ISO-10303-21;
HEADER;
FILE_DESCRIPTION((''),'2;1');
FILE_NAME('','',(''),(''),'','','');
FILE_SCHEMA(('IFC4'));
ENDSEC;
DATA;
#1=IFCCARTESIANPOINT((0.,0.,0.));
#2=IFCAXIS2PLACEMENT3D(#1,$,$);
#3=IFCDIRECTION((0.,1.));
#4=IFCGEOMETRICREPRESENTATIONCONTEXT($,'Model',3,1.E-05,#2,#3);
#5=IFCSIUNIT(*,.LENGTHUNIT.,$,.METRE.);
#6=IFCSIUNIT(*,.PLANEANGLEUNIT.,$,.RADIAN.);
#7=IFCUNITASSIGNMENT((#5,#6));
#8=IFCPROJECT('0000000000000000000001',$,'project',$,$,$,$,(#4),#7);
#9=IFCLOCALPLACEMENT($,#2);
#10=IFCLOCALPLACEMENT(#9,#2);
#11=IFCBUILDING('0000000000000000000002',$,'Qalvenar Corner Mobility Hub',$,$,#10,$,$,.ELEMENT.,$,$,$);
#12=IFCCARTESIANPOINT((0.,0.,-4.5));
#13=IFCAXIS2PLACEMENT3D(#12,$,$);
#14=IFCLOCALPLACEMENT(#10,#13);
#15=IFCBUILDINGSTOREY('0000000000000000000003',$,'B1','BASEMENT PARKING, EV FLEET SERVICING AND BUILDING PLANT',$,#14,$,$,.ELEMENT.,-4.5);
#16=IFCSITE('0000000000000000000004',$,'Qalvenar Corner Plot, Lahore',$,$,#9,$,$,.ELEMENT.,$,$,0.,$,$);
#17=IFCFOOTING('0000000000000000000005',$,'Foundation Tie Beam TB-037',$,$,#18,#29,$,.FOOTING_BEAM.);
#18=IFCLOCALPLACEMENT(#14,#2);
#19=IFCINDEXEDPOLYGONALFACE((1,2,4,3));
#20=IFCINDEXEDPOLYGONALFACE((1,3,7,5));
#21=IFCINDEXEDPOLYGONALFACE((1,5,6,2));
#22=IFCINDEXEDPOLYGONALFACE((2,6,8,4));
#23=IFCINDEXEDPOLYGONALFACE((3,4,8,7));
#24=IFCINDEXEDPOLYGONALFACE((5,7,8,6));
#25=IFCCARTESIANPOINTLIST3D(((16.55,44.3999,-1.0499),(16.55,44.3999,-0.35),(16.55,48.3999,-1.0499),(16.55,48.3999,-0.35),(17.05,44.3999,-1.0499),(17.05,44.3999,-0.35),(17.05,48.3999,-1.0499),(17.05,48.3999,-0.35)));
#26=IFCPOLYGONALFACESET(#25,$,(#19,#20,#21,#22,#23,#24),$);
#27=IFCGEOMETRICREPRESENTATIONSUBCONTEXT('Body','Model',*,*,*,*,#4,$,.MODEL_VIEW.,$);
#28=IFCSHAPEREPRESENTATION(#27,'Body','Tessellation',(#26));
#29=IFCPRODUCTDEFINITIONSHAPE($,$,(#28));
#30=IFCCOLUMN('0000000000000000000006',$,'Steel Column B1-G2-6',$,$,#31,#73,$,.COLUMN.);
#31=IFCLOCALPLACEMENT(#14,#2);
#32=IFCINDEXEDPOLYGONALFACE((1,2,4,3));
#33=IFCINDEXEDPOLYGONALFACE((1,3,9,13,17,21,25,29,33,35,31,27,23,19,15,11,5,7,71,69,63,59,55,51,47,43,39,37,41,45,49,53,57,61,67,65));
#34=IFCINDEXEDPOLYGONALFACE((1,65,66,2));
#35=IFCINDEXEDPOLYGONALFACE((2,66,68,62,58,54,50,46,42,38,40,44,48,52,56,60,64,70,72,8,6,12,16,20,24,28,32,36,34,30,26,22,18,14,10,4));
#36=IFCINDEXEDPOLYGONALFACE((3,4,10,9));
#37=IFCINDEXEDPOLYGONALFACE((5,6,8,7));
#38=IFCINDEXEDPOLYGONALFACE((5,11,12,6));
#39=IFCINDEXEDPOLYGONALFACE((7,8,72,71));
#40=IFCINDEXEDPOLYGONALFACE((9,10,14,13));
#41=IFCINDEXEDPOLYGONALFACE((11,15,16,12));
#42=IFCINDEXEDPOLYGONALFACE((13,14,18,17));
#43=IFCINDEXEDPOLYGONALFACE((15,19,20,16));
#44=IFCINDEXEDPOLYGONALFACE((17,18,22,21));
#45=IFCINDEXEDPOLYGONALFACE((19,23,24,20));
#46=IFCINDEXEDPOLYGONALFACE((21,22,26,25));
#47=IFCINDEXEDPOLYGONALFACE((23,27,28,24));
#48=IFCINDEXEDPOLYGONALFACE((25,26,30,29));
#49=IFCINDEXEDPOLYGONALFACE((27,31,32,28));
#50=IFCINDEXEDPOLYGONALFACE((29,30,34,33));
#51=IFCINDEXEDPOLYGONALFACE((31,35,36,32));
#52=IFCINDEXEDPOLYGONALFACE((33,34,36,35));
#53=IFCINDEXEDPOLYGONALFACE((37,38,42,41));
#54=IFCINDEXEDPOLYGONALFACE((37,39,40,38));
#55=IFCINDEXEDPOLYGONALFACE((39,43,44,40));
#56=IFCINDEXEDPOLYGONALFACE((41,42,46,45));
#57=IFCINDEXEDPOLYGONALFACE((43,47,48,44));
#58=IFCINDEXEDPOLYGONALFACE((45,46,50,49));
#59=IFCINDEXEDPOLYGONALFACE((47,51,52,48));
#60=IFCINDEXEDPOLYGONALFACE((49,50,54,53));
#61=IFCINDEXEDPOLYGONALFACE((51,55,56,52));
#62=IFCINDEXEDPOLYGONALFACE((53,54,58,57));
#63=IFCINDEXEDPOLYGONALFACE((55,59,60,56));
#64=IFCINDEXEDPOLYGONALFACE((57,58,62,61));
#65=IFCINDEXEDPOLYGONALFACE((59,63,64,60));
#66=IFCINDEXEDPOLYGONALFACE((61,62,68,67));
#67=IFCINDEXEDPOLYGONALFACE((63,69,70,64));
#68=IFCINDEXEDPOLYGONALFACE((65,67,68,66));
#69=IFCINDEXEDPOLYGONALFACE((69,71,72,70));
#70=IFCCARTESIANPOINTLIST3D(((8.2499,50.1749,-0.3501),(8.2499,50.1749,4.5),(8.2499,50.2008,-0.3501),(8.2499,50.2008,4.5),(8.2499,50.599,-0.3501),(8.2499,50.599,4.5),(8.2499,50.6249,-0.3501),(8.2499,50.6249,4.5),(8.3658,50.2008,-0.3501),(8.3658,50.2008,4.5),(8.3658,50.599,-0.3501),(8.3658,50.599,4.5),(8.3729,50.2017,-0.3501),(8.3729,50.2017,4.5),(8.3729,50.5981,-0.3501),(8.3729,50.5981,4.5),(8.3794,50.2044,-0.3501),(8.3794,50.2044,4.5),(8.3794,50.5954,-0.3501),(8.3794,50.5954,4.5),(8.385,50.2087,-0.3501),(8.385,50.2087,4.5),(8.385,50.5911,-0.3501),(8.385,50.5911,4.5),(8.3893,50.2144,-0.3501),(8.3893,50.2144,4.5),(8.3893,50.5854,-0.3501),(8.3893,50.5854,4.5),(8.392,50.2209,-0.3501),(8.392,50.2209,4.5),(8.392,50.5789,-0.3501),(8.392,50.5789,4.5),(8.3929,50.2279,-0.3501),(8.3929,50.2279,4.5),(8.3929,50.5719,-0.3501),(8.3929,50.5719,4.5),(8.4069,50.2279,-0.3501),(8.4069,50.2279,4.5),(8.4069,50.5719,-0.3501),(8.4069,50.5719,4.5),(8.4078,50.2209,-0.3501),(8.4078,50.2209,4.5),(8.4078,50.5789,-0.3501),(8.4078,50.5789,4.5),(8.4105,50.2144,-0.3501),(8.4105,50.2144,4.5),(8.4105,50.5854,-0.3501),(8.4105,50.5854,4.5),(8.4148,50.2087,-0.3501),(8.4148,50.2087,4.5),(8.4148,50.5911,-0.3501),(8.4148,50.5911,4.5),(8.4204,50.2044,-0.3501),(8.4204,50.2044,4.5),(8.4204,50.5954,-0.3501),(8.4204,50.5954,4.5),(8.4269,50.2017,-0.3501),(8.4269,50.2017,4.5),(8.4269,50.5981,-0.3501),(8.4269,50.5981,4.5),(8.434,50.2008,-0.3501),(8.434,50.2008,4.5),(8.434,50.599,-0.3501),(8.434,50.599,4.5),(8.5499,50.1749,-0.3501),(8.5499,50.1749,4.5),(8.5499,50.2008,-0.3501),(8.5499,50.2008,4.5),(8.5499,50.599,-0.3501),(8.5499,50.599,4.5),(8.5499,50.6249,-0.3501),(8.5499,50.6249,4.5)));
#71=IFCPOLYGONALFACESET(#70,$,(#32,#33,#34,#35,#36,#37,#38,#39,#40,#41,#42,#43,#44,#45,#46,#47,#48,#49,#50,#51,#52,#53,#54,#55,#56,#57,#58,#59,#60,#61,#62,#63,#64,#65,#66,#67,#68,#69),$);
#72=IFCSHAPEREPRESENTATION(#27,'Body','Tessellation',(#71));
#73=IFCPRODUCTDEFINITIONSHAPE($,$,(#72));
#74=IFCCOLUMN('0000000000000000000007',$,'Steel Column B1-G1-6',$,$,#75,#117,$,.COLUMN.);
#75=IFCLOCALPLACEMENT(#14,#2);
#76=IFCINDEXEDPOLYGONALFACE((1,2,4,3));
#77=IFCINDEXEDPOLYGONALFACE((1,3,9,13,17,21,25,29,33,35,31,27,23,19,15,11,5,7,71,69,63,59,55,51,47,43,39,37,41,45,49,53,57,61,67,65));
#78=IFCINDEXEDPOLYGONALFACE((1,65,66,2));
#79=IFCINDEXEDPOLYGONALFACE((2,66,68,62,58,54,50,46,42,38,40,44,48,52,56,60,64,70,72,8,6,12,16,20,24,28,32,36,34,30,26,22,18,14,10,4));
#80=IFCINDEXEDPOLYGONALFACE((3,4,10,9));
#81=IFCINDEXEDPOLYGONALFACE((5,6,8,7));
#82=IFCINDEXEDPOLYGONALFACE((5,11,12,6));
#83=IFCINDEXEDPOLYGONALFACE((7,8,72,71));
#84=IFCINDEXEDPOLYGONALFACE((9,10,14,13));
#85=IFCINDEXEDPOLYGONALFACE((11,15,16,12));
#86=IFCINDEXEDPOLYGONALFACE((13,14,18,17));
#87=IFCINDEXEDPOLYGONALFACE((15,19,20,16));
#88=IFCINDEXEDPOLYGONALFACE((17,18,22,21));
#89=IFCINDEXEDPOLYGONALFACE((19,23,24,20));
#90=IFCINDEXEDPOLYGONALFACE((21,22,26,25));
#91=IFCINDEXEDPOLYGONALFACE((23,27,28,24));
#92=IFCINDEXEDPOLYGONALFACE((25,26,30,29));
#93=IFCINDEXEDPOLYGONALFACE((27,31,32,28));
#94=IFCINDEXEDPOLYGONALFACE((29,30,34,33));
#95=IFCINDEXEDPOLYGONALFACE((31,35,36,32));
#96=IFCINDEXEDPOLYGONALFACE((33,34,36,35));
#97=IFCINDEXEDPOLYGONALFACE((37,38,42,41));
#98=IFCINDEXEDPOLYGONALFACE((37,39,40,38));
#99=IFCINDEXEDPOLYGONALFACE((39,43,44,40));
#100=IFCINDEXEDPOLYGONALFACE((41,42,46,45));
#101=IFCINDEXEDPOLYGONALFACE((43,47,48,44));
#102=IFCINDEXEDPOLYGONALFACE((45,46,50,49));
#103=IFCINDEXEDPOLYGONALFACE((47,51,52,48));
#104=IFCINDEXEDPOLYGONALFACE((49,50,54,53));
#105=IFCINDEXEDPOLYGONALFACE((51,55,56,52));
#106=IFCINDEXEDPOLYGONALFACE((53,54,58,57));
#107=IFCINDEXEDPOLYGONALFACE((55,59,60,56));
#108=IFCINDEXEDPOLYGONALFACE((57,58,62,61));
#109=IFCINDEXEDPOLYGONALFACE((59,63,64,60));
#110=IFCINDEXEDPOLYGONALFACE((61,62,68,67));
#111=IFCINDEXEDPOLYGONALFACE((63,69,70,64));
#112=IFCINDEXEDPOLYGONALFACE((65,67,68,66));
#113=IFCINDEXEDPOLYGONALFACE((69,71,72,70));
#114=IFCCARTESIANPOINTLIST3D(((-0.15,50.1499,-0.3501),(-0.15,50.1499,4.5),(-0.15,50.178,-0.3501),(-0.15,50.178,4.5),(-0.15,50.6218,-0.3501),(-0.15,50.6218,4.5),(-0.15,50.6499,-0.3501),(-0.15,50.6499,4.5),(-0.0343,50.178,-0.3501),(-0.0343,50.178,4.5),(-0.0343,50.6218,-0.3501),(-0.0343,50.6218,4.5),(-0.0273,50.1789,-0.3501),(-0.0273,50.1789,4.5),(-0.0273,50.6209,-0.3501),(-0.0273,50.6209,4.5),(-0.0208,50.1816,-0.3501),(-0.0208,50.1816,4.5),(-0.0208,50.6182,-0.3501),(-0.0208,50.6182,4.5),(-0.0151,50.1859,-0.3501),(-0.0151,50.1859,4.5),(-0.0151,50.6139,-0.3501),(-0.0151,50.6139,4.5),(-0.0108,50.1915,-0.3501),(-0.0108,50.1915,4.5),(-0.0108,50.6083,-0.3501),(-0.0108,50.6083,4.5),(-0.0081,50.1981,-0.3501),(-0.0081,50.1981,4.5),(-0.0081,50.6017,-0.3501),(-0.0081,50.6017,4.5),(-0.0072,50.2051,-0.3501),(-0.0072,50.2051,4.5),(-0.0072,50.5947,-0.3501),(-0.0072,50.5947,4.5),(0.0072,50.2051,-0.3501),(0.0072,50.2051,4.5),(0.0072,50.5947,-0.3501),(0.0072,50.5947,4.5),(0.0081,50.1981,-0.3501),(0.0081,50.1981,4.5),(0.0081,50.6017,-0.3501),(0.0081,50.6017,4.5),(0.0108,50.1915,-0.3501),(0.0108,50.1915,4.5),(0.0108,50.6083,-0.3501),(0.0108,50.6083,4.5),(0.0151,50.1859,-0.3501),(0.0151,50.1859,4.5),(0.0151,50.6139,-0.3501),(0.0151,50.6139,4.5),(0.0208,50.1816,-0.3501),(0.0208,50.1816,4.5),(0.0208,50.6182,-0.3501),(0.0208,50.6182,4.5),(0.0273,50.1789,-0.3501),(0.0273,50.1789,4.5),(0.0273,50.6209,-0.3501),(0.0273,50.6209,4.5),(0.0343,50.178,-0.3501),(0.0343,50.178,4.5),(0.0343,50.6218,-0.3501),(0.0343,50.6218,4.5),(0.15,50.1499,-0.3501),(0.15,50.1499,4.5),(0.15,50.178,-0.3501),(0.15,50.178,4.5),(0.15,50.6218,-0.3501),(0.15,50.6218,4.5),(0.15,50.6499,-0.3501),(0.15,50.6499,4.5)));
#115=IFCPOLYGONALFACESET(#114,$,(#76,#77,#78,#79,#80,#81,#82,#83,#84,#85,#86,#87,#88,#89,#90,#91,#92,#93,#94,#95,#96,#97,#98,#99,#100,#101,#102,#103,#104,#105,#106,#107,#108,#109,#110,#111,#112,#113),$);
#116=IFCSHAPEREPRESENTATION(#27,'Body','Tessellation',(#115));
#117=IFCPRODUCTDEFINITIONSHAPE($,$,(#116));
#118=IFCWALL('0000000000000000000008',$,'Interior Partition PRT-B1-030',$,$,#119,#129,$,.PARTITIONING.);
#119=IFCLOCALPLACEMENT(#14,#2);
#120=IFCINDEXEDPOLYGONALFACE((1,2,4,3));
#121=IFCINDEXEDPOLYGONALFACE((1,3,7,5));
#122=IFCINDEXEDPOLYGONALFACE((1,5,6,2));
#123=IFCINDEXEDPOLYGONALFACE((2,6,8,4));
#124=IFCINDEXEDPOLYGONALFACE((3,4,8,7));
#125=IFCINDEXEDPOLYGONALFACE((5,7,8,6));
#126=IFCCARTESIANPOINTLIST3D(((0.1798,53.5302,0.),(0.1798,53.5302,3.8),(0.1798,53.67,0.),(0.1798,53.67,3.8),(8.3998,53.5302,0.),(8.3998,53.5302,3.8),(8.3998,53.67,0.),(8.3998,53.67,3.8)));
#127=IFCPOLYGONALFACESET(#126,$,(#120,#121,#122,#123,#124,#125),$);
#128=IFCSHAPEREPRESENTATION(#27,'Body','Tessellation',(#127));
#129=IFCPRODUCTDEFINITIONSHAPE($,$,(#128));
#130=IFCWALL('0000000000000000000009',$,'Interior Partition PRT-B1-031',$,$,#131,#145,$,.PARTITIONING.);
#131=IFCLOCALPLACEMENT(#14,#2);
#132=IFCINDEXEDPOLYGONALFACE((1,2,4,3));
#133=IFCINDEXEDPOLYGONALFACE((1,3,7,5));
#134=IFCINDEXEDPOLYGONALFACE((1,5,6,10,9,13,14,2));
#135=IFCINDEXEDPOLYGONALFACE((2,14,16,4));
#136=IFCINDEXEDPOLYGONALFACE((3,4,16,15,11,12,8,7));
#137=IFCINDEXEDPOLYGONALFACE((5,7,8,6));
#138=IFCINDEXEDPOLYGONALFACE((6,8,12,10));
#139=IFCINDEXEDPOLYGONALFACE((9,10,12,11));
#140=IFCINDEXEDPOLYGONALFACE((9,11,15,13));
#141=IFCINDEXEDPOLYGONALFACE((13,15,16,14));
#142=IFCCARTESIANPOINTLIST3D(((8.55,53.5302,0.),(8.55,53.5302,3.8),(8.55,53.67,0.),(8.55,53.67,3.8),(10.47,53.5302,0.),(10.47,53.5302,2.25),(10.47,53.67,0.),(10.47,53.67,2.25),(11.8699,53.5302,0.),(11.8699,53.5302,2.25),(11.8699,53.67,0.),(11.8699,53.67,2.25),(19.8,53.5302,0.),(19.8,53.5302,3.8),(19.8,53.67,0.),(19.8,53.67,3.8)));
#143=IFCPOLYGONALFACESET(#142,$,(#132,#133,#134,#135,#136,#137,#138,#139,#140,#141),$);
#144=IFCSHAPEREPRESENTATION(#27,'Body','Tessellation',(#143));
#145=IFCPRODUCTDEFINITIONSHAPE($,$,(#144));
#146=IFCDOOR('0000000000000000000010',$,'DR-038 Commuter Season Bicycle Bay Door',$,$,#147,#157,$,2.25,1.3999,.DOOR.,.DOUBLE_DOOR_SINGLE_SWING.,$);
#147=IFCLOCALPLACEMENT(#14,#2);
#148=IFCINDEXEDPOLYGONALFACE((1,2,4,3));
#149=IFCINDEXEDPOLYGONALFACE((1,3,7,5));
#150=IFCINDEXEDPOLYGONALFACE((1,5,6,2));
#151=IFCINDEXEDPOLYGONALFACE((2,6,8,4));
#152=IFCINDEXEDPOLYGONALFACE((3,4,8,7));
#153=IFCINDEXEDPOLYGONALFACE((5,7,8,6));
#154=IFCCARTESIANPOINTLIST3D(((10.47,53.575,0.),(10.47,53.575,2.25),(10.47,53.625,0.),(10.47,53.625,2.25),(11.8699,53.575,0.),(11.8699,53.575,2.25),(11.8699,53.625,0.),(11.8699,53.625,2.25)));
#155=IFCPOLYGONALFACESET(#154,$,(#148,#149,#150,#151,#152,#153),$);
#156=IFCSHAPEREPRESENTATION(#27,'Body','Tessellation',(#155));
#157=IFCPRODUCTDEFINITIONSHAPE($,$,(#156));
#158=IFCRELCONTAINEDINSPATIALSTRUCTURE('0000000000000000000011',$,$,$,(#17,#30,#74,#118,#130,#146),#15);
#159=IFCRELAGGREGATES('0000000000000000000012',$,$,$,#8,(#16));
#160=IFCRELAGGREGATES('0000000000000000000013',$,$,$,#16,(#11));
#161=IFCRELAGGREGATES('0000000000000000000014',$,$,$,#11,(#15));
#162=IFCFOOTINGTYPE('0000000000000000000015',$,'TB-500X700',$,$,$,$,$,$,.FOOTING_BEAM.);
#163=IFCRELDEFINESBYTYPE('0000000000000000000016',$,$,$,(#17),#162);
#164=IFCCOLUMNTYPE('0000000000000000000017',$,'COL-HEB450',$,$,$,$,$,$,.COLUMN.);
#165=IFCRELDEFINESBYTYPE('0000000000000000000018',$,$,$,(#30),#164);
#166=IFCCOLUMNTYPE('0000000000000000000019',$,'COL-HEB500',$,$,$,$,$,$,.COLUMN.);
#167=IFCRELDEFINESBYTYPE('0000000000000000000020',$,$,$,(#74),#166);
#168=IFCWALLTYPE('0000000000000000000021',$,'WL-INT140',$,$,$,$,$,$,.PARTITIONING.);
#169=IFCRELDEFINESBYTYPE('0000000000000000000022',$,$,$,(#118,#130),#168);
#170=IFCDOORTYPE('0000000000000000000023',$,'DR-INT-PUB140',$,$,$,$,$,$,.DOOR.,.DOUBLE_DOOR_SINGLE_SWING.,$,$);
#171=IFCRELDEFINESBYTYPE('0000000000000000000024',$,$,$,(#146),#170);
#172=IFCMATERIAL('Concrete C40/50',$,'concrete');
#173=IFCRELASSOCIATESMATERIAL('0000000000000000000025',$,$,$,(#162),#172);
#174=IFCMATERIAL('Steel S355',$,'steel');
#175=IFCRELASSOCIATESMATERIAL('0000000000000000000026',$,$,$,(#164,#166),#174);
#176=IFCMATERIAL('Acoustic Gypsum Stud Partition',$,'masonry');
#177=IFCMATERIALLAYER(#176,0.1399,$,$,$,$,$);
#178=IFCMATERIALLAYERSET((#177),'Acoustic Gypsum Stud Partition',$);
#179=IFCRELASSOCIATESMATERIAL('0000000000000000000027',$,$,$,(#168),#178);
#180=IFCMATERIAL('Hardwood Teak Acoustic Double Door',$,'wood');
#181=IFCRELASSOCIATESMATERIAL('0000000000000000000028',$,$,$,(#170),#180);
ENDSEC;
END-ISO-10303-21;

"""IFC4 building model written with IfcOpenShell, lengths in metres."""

from ifc_helpers import new_model, si_unit, direction, frame, frame_2d, origin, origin_2d, place, context, subcontext, project, spatial, rectangle, i_section, extrude, material, layer, layer_set, material_profile, profile_set, type_object, element, fill, save


model = new_model("IFC4")

# Units and contexts
model_context = context("Model", 3, precision=1e-05, world=origin(), true_north=direction((0.0, 1.0)))
body_context = subcontext(model_context, "Body", "Model", "MODEL_VIEW")
ifc_project = project(units=[si_unit("LENGTHUNIT", "METRE"), si_unit("PLANEANGLEUNIT", "RADIAN")], contexts=[model_context])

# Site, building, storey
site_placement = place(None, origin())
site = spatial("IfcSite", under=ifc_project, at=site_placement, Name="Qalvenar Corner Plot, Lahore", CompositionType="ELEMENT", RefElevation=0.0)
building_placement = place(site_placement, origin())
building = spatial("IfcBuilding", under=site, at=building_placement, Name="Qalvenar Corner Mobility Hub", CompositionType="ELEMENT")
storey_placement = place(building_placement, frame((0.0, 0.0, -4.5)))
storey = spatial("IfcBuildingStorey", under=building, at=storey_placement, Name="B1", Description="BASEMENT PARKING, EV FLEET SERVICING AND BUILDING PLANT", CompositionType="ELEMENT", Elevation=-4.5)

# Shared definitions
ifc_material_1 = material(Name="Concrete C40/50", Category="concrete")

# Footing
ifc_material_profile_1 = material_profile(ifc_material_1, rectangle(XDim=0.5, YDim=0.7, at=origin_2d()), Name="RC500x700")
ifc_profile_set_1 = profile_set([ifc_material_profile_1], Name="Concrete C40/50")
footing_type_1 = type_object("IfcFootingType", Name="TB-500X700", PredefinedType="FOOTING_BEAM", material=ifc_profile_set_1)
footing_1_placement = place(storey_placement, frame((16.8, 44.3999, -0.7), z_axis=(0.0, 1.0, 0.0), x_axis=(-1.0, 0.0, 0.0)))
element("IfcFooting", 1, at=footing_1_placement, inside=storey, type_object=footing_type_1, Name="Foundation Tie Beam TB-037", PredefinedType="FOOTING_BEAM", context=body_context, shape_type="SweptSolid", body=[
    extrude(rectangle(XDim=0.5, YDim=0.7, at=origin_2d()), origin(), (0.0, 0.0, 1.0), 4.0),
])

# Columns
ifc_material_2 = material(Name="Steel S355", Category="steel")
ifc_material_profile_2 = material_profile(ifc_material_2, i_section(OverallWidth=0.3, OverallDepth=0.45, WebThickness=0.0139, FlangeThickness=0.0259, FilletRadius=0.0271, at=origin_2d()), Name="HEB450")
ifc_profile_set_2 = profile_set([ifc_material_profile_2], Name="Steel S355")
column_type_1 = type_object("IfcColumnType", Name="COL-HEB450", PredefinedType="COLUMN", material=ifc_profile_set_2)
column_1_placement = place(storey_placement, frame((8.3999, 50.3999, -0.3501), z_axis=(0.0, 0.0, 1.0), x_axis=(1.0, 0.0, 0.0)))
element("IfcColumn", 2, at=column_1_placement, inside=storey, type_object=column_type_1, Name="Steel Column B1-G2-6", PredefinedType="COLUMN", context=body_context, shape_type="SweptSolid", body=[
    extrude(i_section(OverallWidth=0.3, OverallDepth=0.45, WebThickness=0.0139, FlangeThickness=0.0259, FilletRadius=0.0271, at=origin_2d()), origin(), (0.0, 0.0, 1.0), 4.8501),
])
ifc_material_profile_3 = material_profile(ifc_material_2, i_section(OverallWidth=0.3, OverallDepth=0.5, WebThickness=0.0144, FlangeThickness=0.0281, FilletRadius=0.0271, at=origin_2d()), Name="HEB500")
ifc_profile_set_3 = profile_set([ifc_material_profile_3], Name="Steel S355")
column_type_2 = type_object("IfcColumnType", Name="COL-HEB500", PredefinedType="COLUMN", material=ifc_profile_set_3)
column_2_placement = place(storey_placement, frame((0.0, 50.3999, -0.3501), z_axis=(0.0, 0.0, 1.0), x_axis=(1.0, 0.0, 0.0)))
element("IfcColumn", 3, at=column_2_placement, inside=storey, type_object=column_type_2, Name="Steel Column B1-G1-6", PredefinedType="COLUMN", context=body_context, shape_type="SweptSolid", body=[
    extrude(i_section(OverallWidth=0.3, OverallDepth=0.5, WebThickness=0.0144, FlangeThickness=0.0281, FilletRadius=0.0271, at=origin_2d()), origin(), (0.0, 0.0, 1.0), 4.8501),
])

# Wall
ifc_material_3 = material(Name="Acoustic Gypsum Stud Partition", Category="masonry")
ifc_layer_1 = layer(ifc_material_3, 0.1399)
ifc_layer_set_1 = layer_set([ifc_layer_1], Name="Acoustic Gypsum Stud Partition")
wall_type_1 = type_object("IfcWallType", Name="WL-INT140", PredefinedType="PARTITIONING", material=ifc_layer_set_1)
wall_1_placement = place(storey_placement, frame((0.1799, 53.6001, 0.0), z_axis=(0.0, 0.0, 1.0), x_axis=(1.0, 0.0, 0.0)))
element("IfcWall", 4, at=wall_1_placement, inside=storey, type_object=wall_type_1, Name="Interior Partition PRT-B1-030", PredefinedType="PARTITIONING", context=body_context, shape_type="SweptSolid", body=[
    extrude(rectangle(XDim=8.22, YDim=0.1399, at=frame_2d((4.1099, 0.0))), origin(), (0.0, 0.0, 1.0), 3.8),
])

# Wall, opening, door
wall_2_placement = place(storey_placement, frame((8.55, 53.6001, 0.0), z_axis=(0.0, 0.0, 1.0), x_axis=(1.0, 0.0, 0.0)))
wall_2 = element("IfcWall", 5, at=wall_2_placement, inside=storey, type_object=wall_type_1, Name="Interior Partition PRT-B1-031", PredefinedType="PARTITIONING", context=body_context, shape_type="SweptSolid", body=[
    extrude(rectangle(XDim=11.25, YDim=0.1399, at=frame_2d((5.625, 0.0))), origin(), (0.0, 0.0, 1.0), 3.8),
])
opening_1_placement = place(wall_2_placement, frame((1.9199, 0.0, 0.0)))
opening_1 = element("IfcOpeningElement", 6, at=opening_1_placement, cuts=wall_2, PredefinedType="OPENING", context=body_context, shape_type="SweptSolid", body=[
    extrude(rectangle(XDim=1.3999, YDim=2.25, at=frame_2d((0.7, 1.125))), frame((0.0, 0.0801, 0.0), z_axis=(0.0, -1.0, 0.0), x_axis=(1.0, 0.0, 0.0)), (0.0, 0.0, 1.0), 0.1599),
])
ifc_material_4 = material(Name="Hardwood Teak Acoustic Double Door", Category="wood")
door_type_1 = type_object("IfcDoorType", Name="DR-INT-PUB140", OperationType="DOUBLE_DOOR_SINGLE_SWING", PredefinedType="DOOR", material=ifc_material_4)
door_1_placement = place(opening_1_placement, origin())
door_1 = element("IfcDoor", 7, at=door_1_placement, inside=storey, type_object=door_type_1, Name="DR-038 Commuter Season Bicycle Bay Door", OperationType="DOUBLE_DOOR_SINGLE_SWING", OverallHeight=2.25, OverallWidth=1.3999, PredefinedType="DOOR", context=body_context, shape_type="SweptSolid", body=[
    extrude(rectangle(XDim=1.3999, YDim=2.25, at=frame_2d((0.7, 1.125))), frame((0.0, 0.0249, 0.0), z_axis=(0.0, -1.0, 0.0), x_axis=(1.0, 0.0, 0.0)), (0.0, 0.0, 1.0), 0.05),
])
fill(opening_1, door_1)

save(model, "model.ifc")
